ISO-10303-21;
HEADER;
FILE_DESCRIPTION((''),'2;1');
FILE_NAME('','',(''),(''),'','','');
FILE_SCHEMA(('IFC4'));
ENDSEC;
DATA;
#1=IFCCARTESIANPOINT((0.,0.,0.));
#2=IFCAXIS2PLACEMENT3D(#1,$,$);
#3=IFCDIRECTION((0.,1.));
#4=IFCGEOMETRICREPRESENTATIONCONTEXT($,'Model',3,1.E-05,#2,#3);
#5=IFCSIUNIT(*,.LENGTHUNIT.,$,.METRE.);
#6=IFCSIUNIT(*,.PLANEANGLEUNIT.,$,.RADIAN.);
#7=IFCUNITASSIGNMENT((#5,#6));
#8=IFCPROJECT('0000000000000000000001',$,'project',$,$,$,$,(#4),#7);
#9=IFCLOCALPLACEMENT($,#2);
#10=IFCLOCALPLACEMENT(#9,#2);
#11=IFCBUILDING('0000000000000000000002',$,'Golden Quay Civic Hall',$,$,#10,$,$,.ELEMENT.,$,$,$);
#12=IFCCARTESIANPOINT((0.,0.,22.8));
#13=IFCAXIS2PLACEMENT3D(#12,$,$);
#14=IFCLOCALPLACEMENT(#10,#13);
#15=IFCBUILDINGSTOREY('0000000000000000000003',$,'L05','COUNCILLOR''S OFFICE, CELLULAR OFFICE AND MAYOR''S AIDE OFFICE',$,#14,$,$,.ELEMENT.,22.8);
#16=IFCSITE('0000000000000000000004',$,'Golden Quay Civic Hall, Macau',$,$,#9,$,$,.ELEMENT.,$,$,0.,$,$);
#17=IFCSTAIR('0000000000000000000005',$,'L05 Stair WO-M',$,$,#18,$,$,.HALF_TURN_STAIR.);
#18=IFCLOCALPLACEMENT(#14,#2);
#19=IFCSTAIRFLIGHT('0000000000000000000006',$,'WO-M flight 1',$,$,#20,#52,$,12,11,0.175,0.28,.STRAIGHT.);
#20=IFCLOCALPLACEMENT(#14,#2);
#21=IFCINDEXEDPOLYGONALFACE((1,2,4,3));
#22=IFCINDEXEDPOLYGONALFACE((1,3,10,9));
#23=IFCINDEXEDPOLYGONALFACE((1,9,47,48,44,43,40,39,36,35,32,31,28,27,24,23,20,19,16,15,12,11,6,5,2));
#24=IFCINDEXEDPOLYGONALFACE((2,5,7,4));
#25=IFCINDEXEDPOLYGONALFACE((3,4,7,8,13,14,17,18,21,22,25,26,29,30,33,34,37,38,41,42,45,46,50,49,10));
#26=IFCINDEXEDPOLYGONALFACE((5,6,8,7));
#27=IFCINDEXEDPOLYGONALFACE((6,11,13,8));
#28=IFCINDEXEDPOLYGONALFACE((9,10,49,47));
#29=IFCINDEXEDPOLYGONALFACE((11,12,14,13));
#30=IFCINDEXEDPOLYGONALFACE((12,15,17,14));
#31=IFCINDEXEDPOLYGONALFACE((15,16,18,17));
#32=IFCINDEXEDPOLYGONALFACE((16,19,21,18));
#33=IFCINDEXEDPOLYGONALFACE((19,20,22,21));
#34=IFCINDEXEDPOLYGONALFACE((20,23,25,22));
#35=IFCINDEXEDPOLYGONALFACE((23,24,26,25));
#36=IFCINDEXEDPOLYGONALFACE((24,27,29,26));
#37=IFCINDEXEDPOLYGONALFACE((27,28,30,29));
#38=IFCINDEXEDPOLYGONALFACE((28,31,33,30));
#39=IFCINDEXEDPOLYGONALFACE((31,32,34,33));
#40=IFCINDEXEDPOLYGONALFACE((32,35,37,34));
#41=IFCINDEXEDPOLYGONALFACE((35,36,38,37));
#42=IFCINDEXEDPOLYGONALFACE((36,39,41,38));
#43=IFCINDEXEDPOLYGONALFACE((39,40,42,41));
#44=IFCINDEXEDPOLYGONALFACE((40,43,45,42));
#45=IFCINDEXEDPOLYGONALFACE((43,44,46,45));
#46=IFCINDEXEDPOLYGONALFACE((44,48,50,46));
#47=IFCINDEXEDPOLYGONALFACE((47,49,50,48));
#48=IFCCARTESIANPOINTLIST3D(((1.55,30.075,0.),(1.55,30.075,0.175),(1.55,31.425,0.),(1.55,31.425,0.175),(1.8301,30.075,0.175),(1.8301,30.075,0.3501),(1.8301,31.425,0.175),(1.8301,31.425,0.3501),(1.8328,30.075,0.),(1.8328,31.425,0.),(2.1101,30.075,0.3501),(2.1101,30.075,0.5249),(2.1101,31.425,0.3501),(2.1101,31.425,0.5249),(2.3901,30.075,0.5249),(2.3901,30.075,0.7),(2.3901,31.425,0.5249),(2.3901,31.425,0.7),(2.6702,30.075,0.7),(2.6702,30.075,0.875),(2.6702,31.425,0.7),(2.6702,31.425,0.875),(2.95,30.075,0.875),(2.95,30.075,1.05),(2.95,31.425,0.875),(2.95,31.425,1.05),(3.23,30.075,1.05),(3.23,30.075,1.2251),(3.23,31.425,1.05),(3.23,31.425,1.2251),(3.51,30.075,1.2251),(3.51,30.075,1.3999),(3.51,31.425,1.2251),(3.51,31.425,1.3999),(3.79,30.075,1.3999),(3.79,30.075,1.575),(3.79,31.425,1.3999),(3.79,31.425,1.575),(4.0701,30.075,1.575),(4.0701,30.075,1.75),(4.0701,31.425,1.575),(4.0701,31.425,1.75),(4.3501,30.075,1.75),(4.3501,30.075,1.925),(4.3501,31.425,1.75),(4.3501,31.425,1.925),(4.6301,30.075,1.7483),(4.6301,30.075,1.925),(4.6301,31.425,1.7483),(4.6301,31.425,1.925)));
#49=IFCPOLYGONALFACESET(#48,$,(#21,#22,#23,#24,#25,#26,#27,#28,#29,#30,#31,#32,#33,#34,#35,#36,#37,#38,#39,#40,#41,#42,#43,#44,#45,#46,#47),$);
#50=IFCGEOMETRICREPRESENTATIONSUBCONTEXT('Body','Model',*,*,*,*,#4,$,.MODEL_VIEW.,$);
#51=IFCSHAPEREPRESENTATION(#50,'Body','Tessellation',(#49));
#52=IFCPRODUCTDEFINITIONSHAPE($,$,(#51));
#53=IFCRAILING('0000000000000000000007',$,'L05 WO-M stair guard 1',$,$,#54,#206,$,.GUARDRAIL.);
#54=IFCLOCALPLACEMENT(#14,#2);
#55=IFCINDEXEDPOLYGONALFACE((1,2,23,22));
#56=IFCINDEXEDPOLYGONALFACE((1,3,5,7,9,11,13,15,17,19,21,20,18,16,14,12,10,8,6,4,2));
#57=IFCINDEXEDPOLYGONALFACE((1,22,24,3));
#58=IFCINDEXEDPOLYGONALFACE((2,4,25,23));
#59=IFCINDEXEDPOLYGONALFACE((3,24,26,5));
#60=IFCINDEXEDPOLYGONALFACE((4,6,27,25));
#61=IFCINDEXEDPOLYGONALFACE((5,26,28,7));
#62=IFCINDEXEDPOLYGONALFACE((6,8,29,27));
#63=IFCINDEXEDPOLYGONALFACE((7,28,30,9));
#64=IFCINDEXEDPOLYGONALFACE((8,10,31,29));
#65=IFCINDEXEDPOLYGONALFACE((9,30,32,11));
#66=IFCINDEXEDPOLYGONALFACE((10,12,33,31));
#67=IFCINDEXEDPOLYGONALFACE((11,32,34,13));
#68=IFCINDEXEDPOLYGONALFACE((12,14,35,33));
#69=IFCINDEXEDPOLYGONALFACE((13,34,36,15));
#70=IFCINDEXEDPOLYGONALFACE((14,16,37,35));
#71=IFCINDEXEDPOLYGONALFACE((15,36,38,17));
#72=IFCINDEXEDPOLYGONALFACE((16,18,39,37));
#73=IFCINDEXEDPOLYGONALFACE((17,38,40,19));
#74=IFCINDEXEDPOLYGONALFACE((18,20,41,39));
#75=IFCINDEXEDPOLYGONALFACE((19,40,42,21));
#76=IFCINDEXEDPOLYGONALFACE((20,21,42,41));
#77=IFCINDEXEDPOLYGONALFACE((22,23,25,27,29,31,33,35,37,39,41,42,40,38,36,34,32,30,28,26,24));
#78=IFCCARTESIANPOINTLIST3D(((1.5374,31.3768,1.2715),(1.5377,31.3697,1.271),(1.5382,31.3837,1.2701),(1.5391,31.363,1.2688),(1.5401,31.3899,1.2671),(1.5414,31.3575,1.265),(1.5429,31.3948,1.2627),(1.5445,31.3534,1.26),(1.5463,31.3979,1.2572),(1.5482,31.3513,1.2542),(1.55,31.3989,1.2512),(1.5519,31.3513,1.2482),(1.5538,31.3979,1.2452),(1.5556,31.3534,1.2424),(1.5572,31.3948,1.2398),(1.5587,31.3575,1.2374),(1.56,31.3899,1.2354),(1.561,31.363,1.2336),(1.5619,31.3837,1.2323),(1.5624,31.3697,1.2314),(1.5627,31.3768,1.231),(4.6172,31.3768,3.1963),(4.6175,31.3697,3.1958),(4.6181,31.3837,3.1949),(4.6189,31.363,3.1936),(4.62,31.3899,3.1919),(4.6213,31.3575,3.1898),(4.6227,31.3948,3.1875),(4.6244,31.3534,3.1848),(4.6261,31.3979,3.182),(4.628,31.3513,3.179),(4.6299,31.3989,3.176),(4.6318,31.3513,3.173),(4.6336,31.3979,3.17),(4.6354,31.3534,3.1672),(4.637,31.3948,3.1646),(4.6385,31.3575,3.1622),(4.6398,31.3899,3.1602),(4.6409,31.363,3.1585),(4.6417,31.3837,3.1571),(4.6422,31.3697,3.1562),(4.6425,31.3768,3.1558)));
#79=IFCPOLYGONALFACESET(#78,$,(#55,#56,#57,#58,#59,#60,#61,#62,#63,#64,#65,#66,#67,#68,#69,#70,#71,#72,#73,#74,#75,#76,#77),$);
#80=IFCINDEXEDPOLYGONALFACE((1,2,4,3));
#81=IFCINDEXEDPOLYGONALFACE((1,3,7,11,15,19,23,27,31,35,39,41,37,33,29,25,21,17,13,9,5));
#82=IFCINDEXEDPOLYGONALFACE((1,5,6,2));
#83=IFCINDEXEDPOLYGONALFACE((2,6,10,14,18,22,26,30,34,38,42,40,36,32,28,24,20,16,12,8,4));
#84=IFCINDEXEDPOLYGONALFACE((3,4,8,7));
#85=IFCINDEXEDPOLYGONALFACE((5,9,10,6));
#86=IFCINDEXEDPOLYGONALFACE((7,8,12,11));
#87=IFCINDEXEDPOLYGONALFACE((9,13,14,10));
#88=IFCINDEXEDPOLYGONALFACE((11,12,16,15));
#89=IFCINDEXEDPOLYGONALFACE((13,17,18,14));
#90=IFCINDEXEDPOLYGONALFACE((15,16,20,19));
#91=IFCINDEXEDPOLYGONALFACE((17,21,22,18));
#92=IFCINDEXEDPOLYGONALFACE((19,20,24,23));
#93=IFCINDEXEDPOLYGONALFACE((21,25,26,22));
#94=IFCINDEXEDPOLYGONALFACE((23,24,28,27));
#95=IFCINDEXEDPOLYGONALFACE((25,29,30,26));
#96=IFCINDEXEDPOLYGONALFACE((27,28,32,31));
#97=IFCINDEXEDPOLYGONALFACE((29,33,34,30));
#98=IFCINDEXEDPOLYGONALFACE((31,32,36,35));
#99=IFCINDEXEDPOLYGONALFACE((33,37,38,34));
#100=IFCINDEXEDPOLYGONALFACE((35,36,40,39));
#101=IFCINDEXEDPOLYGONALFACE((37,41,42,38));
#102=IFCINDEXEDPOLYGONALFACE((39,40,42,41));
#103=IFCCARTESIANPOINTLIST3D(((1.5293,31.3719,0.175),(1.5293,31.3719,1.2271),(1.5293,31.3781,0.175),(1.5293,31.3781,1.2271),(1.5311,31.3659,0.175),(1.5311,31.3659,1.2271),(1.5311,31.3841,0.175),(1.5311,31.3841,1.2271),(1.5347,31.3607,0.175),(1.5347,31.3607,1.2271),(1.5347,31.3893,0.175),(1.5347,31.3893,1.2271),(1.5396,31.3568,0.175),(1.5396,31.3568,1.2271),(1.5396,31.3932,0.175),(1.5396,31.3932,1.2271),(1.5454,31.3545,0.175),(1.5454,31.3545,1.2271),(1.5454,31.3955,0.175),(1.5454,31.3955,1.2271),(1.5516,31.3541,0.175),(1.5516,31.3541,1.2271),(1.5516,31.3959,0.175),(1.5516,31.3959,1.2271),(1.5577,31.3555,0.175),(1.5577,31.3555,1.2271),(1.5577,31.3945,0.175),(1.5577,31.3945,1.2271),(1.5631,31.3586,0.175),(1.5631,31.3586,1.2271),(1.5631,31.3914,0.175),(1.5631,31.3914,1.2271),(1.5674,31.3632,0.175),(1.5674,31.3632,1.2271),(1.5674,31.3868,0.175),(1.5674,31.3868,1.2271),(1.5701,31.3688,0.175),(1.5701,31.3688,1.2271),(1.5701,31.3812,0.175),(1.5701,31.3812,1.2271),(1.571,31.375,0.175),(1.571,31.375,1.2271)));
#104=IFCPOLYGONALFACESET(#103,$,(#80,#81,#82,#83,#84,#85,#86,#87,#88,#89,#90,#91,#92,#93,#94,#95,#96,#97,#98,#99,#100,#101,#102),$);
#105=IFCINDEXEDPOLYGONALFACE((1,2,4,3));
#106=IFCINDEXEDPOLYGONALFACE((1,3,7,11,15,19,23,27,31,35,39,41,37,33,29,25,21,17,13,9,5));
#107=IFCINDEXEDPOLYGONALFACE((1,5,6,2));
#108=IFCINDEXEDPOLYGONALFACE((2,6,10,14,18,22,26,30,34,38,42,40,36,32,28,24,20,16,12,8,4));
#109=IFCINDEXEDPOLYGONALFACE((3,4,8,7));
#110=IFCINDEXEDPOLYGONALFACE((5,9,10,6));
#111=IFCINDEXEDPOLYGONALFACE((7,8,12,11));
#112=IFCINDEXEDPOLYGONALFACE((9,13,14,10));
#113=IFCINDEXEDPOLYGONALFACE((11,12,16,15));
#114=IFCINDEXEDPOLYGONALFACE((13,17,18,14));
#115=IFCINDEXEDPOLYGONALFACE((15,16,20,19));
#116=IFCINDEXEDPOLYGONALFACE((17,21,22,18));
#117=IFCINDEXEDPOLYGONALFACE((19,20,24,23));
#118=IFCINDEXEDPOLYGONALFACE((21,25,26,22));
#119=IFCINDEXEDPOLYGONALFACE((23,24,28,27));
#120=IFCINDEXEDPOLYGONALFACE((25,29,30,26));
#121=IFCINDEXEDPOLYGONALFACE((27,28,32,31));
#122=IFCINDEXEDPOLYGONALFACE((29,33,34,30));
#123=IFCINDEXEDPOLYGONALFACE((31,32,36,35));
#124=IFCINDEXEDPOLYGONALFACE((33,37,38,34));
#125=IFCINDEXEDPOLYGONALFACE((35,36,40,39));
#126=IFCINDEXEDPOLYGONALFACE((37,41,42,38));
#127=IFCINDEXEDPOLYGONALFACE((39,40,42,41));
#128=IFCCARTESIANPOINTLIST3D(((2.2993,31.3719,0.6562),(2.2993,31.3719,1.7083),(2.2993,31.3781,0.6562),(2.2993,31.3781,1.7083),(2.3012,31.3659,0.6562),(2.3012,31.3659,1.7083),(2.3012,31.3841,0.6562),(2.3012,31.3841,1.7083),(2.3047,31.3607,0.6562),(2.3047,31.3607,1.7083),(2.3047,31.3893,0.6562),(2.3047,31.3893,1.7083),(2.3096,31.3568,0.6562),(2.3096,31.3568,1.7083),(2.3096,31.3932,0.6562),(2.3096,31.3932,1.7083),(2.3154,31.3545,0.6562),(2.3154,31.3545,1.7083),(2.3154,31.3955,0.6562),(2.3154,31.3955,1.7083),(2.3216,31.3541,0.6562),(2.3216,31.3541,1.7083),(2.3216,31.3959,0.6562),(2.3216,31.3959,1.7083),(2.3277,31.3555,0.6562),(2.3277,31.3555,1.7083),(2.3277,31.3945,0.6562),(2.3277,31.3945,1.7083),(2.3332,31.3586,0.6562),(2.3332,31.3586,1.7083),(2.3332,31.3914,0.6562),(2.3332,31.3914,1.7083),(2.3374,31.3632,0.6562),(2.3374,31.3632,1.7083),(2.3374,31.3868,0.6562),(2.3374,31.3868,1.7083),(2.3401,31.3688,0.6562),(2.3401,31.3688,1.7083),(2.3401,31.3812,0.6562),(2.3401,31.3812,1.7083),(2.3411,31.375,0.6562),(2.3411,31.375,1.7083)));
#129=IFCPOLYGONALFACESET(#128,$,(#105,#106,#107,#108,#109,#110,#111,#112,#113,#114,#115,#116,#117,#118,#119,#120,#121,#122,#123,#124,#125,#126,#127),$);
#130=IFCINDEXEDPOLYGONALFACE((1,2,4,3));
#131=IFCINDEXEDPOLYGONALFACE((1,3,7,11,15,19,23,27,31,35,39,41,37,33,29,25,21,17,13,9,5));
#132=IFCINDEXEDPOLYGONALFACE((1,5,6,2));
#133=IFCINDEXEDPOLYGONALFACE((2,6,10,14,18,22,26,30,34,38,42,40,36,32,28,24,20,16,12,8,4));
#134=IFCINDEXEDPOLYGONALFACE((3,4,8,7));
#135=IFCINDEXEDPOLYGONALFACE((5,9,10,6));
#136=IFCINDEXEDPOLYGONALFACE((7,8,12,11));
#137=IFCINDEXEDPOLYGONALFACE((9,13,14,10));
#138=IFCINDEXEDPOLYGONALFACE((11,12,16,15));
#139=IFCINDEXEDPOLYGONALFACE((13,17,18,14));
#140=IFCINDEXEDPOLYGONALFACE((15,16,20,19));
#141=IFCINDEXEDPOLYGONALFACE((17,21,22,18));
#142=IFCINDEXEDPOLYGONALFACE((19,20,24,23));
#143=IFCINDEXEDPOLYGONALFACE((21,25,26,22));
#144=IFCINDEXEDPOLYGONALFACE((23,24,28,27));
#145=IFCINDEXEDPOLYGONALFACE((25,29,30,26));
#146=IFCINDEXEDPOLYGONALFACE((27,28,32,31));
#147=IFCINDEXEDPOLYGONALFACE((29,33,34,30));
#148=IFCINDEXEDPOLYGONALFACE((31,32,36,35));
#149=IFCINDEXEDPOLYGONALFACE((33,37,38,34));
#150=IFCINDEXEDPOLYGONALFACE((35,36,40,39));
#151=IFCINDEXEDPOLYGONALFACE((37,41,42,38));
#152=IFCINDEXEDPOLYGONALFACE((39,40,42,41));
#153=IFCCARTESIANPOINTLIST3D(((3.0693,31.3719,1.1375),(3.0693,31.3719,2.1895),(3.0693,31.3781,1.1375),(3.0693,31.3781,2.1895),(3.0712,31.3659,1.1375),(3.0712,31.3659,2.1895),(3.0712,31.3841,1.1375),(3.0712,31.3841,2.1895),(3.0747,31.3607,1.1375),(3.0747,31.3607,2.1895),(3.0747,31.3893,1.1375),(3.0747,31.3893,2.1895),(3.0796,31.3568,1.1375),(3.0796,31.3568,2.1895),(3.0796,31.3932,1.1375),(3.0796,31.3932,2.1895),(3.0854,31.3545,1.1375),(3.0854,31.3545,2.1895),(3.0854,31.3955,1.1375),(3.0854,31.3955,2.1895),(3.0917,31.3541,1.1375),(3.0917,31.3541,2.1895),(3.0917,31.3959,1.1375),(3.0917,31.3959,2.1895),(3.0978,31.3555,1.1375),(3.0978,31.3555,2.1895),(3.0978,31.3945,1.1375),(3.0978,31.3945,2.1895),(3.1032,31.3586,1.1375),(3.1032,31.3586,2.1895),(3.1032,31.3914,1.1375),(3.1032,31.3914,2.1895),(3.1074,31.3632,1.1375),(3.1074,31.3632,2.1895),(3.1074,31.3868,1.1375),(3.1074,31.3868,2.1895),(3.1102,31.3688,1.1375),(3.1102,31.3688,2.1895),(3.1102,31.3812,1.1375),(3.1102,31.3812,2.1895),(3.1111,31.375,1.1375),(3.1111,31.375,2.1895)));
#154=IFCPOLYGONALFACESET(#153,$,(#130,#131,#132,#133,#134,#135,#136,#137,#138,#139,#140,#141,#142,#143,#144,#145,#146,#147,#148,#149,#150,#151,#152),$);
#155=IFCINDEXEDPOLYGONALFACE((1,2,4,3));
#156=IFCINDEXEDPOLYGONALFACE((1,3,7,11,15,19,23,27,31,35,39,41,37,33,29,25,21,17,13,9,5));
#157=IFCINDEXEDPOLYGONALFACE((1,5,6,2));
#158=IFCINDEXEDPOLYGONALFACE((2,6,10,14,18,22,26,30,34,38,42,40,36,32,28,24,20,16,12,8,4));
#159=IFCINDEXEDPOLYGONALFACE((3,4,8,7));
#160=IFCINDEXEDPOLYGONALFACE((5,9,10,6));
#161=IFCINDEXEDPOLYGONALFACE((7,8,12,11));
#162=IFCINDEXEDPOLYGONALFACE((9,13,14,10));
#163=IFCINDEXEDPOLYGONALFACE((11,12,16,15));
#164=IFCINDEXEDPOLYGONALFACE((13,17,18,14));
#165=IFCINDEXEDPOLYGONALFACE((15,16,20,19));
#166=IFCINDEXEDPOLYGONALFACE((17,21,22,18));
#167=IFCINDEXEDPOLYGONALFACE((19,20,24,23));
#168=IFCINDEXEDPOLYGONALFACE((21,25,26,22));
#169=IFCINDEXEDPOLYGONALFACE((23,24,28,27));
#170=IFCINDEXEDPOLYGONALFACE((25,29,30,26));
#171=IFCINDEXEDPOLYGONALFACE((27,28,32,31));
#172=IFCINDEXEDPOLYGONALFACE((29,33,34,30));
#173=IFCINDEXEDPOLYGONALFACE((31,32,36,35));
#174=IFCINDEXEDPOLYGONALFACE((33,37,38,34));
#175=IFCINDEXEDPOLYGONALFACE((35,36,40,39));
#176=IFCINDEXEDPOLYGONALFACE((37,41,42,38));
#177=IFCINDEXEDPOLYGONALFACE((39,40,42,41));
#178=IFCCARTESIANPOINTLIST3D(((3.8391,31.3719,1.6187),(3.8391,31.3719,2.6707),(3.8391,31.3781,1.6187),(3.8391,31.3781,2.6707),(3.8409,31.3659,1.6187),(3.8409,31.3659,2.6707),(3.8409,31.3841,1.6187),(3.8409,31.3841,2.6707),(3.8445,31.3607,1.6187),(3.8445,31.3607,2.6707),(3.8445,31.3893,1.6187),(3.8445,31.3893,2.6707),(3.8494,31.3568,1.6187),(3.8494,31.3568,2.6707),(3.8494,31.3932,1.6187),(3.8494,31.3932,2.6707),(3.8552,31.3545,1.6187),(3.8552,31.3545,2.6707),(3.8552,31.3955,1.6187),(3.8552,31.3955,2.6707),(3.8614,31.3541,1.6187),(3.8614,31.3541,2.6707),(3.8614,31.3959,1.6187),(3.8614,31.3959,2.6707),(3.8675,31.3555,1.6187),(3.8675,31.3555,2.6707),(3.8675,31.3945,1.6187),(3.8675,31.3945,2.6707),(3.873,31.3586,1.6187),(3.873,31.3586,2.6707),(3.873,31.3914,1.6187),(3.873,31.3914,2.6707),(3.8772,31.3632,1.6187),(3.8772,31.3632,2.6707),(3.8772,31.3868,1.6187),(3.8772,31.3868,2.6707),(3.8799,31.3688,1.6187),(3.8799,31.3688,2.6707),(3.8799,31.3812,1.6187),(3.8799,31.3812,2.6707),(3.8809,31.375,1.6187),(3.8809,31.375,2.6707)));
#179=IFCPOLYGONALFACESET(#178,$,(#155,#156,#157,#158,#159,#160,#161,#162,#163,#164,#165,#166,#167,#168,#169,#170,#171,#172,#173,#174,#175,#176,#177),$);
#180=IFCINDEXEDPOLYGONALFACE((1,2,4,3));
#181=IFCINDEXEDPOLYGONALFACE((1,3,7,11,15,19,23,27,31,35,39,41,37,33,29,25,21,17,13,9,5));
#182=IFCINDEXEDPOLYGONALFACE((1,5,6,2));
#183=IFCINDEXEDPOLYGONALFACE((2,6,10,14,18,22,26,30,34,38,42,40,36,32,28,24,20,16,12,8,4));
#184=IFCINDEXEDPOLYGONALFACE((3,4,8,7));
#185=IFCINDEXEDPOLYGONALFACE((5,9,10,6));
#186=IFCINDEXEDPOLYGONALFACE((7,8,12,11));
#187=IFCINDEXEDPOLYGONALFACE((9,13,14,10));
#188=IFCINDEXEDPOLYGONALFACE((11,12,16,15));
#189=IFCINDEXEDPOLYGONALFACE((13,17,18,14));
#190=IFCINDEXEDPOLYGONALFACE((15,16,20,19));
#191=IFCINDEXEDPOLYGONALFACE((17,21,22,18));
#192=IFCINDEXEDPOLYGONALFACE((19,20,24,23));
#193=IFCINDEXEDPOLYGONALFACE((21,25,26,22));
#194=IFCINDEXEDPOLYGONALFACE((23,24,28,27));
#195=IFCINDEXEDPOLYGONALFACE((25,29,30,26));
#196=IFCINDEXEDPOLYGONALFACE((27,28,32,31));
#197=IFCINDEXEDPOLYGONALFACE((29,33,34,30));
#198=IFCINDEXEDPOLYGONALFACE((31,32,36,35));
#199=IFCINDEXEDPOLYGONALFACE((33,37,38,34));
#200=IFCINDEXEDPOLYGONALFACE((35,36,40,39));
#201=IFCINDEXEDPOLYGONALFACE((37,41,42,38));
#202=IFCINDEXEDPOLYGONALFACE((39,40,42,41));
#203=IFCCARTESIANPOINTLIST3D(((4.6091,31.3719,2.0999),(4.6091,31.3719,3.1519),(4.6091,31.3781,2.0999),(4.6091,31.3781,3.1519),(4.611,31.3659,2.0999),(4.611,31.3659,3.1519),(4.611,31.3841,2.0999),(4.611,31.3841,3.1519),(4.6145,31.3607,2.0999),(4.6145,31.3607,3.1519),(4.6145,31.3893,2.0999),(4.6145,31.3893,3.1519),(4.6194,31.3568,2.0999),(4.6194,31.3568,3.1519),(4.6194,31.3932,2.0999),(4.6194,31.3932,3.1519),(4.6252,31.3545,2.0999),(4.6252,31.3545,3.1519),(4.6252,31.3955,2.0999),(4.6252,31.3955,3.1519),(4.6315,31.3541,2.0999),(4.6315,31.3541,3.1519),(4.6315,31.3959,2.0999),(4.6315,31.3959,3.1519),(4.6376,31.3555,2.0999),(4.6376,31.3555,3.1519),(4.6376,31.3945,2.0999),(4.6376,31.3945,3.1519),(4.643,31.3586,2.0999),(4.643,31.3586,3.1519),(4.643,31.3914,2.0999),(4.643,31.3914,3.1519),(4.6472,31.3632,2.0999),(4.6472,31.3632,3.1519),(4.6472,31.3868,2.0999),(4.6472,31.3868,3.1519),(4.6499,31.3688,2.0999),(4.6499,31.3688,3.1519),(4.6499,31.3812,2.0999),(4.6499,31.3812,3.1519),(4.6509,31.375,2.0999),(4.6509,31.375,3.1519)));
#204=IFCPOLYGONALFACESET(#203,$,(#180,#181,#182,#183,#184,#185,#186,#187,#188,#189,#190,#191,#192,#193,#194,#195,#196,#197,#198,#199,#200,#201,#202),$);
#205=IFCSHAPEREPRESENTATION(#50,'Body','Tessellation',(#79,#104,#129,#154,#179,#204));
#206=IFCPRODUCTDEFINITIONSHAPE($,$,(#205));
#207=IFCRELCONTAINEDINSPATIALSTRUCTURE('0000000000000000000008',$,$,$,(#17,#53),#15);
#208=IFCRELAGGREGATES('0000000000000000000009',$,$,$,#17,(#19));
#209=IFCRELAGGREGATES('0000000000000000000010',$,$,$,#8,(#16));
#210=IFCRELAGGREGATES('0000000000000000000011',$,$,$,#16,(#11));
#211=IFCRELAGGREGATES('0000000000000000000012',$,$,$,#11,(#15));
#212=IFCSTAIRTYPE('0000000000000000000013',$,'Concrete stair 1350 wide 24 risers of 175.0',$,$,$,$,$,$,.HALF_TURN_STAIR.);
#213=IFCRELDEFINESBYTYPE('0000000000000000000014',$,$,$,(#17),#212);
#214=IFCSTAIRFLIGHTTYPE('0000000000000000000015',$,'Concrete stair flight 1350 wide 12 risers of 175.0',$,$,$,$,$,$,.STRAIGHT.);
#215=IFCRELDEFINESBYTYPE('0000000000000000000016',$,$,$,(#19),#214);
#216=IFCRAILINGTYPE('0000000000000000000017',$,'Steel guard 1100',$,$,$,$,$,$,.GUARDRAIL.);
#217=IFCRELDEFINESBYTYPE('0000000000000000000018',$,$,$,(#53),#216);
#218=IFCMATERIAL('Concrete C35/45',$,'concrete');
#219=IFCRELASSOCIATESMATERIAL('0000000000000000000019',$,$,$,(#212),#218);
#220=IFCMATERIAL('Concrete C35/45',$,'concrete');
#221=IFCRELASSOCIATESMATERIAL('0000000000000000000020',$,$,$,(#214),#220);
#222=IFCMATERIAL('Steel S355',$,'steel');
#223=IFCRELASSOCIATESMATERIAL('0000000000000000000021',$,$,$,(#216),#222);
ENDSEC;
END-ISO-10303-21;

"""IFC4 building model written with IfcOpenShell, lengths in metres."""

from ifc_helpers import new_model, si_unit, direction, frame, origin, origin_2d, place, context, subcontext, project, spatial, polyline, circle, outline, extrude, material, type_object, element, aggregate, save


model = new_model("IFC4")

# Units and contexts
model_context = context("Model", 3, precision=1e-05, world=origin(), true_north=direction((0.0, 1.0)))
body_context = subcontext(model_context, "Body", "Model", "MODEL_VIEW")
ifc_project = project(units=[si_unit("LENGTHUNIT", "METRE"), si_unit("PLANEANGLEUNIT", "RADIAN")], contexts=[model_context])

# Site, building, storey
site_placement = place(None, origin())
site = spatial("IfcSite", under=ifc_project, at=site_placement, Name="Golden Quay Civic Hall, Macau", CompositionType="ELEMENT", RefElevation=0.0)
building_placement = place(site_placement, origin())
building = spatial("IfcBuilding", under=site, at=building_placement, Name="Golden Quay Civic Hall", CompositionType="ELEMENT")
storey_placement = place(building_placement, frame((0.0, 0.0, 22.8)))
storey = spatial("IfcBuildingStorey", under=building, at=storey_placement, Name="L05", Description="COUNCILLOR'S OFFICE, CELLULAR OFFICE AND MAYOR'S AIDE OFFICE", CompositionType="ELEMENT", Elevation=22.8)

# Stair, stair flight
ifc_material_1 = material(Name="Concrete C35/45", Category="concrete")
stair_type = type_object("IfcStairType", Name="Concrete stair 1350 wide 24 risers of 175.0", PredefinedType="HALF_TURN_STAIR", material=ifc_material_1)
stair_placement = place(storey_placement, origin())
stair = element("IfcStair", 1, at=stair_placement, inside=storey, type_object=stair_type, Name="L05 Stair WO-M", PredefinedType="HALF_TURN_STAIR")
ifc_material_2 = material(Name="Concrete C35/45", Category="concrete")
stair_flight_type = type_object("IfcStairFlightType", Name="Concrete stair flight 1350 wide 12 risers of 175.0", PredefinedType="STRAIGHT", material=ifc_material_2)
stair_flight_placement = place(storey_placement, frame((1.55, 30.75, 0.0), z_axis=(0.0, 0.0, 1.0), x_axis=(1.0, 0.0, 0.0)))
stair_flight = element("IfcStairFlight", 2, at=stair_flight_placement, type_object=stair_flight_type, Name="WO-M flight 1", NumberOfRisers=12, NumberOfTreads=11, PredefinedType="STRAIGHT", RiserHeight=0.175, TreadLength=0.28, context=body_context, shape_type="SweptSolid", body=[
    extrude(outline(polyline([(0.0, 0.0), (0.0, 0.175), (0.28, 0.175), (0.28, 0.3501), (0.5601, 0.3501), (0.5601, 0.5249), (0.8401, 0.5249), (0.8401, 0.7), (1.1201, 0.7), (1.1201, 0.875), (1.3999, 0.875), (1.3999, 1.05), (1.6799, 1.05), (1.6799, 1.2251), (1.96, 1.2251), (1.96, 1.3999), (2.24, 1.3999), (2.24, 1.575), (2.52, 1.575), (2.52, 1.75), (2.8, 1.75), (2.8, 1.925), (3.0801, 1.925), (3.0801, 2.1001), (3.0801, 1.7483), (0.2827, 0.0), (0.0, 0.0)])), frame((0.0, 0.675, 0.0), z_axis=(0.0, -1.0, 0.0), x_axis=(1.0, 0.0, 0.0)), (0.0, 0.0, 1.0), 1.35),
])
aggregate(stair, [stair_flight])

# Railing
ifc_material_3 = material(Name="Steel S355", Category="steel")
railing_type_1 = type_object("IfcRailingType", Name="Steel guard 1100", PredefinedType="GUARDRAIL", material=ifc_material_3)
railing_1_placement = place(storey_placement, frame((1.55, 31.375, 0.175)))
element("IfcRailing", 3, at=railing_1_placement, inside=storey, type_object=railing_type_1, Name="L05 WO-M stair guard 1", PredefinedType="GUARDRAIL", context=body_context, shape_type="SweptSolid", body=[
    extrude(circle(Radius=0.0239, at=origin_2d()), frame((0.0, 0.0, 1.0762), z_axis=(0.84801, 0.0, 0.529981), x_axis=(0.0, 1.0, 0.0)), (0.0, 0.0, 1.0), 3.6318),
    extrude(circle(Radius=0.021, at=origin_2d()), origin(), (0.0, 0.0, 1.0), 1.052),
    extrude(circle(Radius=0.021, at=origin_2d()), frame((0.77, 0.0, 0.4812)), (0.0, 0.0, 1.0), 1.052),
    extrude(circle(Radius=0.021, at=origin_2d()), frame((1.54, 0.0, 0.9624)), (0.0, 0.0, 1.0), 1.052),
    extrude(circle(Radius=0.021, at=origin_2d()), frame((2.3098, 0.0, 1.4436)), (0.0, 0.0, 1.0), 1.052),
    extrude(circle(Radius=0.021, at=origin_2d()), frame((3.0798, 0.0, 1.9248)), (0.0, 0.0, 1.0), 1.052),
])

save(model, "model.ifc")
